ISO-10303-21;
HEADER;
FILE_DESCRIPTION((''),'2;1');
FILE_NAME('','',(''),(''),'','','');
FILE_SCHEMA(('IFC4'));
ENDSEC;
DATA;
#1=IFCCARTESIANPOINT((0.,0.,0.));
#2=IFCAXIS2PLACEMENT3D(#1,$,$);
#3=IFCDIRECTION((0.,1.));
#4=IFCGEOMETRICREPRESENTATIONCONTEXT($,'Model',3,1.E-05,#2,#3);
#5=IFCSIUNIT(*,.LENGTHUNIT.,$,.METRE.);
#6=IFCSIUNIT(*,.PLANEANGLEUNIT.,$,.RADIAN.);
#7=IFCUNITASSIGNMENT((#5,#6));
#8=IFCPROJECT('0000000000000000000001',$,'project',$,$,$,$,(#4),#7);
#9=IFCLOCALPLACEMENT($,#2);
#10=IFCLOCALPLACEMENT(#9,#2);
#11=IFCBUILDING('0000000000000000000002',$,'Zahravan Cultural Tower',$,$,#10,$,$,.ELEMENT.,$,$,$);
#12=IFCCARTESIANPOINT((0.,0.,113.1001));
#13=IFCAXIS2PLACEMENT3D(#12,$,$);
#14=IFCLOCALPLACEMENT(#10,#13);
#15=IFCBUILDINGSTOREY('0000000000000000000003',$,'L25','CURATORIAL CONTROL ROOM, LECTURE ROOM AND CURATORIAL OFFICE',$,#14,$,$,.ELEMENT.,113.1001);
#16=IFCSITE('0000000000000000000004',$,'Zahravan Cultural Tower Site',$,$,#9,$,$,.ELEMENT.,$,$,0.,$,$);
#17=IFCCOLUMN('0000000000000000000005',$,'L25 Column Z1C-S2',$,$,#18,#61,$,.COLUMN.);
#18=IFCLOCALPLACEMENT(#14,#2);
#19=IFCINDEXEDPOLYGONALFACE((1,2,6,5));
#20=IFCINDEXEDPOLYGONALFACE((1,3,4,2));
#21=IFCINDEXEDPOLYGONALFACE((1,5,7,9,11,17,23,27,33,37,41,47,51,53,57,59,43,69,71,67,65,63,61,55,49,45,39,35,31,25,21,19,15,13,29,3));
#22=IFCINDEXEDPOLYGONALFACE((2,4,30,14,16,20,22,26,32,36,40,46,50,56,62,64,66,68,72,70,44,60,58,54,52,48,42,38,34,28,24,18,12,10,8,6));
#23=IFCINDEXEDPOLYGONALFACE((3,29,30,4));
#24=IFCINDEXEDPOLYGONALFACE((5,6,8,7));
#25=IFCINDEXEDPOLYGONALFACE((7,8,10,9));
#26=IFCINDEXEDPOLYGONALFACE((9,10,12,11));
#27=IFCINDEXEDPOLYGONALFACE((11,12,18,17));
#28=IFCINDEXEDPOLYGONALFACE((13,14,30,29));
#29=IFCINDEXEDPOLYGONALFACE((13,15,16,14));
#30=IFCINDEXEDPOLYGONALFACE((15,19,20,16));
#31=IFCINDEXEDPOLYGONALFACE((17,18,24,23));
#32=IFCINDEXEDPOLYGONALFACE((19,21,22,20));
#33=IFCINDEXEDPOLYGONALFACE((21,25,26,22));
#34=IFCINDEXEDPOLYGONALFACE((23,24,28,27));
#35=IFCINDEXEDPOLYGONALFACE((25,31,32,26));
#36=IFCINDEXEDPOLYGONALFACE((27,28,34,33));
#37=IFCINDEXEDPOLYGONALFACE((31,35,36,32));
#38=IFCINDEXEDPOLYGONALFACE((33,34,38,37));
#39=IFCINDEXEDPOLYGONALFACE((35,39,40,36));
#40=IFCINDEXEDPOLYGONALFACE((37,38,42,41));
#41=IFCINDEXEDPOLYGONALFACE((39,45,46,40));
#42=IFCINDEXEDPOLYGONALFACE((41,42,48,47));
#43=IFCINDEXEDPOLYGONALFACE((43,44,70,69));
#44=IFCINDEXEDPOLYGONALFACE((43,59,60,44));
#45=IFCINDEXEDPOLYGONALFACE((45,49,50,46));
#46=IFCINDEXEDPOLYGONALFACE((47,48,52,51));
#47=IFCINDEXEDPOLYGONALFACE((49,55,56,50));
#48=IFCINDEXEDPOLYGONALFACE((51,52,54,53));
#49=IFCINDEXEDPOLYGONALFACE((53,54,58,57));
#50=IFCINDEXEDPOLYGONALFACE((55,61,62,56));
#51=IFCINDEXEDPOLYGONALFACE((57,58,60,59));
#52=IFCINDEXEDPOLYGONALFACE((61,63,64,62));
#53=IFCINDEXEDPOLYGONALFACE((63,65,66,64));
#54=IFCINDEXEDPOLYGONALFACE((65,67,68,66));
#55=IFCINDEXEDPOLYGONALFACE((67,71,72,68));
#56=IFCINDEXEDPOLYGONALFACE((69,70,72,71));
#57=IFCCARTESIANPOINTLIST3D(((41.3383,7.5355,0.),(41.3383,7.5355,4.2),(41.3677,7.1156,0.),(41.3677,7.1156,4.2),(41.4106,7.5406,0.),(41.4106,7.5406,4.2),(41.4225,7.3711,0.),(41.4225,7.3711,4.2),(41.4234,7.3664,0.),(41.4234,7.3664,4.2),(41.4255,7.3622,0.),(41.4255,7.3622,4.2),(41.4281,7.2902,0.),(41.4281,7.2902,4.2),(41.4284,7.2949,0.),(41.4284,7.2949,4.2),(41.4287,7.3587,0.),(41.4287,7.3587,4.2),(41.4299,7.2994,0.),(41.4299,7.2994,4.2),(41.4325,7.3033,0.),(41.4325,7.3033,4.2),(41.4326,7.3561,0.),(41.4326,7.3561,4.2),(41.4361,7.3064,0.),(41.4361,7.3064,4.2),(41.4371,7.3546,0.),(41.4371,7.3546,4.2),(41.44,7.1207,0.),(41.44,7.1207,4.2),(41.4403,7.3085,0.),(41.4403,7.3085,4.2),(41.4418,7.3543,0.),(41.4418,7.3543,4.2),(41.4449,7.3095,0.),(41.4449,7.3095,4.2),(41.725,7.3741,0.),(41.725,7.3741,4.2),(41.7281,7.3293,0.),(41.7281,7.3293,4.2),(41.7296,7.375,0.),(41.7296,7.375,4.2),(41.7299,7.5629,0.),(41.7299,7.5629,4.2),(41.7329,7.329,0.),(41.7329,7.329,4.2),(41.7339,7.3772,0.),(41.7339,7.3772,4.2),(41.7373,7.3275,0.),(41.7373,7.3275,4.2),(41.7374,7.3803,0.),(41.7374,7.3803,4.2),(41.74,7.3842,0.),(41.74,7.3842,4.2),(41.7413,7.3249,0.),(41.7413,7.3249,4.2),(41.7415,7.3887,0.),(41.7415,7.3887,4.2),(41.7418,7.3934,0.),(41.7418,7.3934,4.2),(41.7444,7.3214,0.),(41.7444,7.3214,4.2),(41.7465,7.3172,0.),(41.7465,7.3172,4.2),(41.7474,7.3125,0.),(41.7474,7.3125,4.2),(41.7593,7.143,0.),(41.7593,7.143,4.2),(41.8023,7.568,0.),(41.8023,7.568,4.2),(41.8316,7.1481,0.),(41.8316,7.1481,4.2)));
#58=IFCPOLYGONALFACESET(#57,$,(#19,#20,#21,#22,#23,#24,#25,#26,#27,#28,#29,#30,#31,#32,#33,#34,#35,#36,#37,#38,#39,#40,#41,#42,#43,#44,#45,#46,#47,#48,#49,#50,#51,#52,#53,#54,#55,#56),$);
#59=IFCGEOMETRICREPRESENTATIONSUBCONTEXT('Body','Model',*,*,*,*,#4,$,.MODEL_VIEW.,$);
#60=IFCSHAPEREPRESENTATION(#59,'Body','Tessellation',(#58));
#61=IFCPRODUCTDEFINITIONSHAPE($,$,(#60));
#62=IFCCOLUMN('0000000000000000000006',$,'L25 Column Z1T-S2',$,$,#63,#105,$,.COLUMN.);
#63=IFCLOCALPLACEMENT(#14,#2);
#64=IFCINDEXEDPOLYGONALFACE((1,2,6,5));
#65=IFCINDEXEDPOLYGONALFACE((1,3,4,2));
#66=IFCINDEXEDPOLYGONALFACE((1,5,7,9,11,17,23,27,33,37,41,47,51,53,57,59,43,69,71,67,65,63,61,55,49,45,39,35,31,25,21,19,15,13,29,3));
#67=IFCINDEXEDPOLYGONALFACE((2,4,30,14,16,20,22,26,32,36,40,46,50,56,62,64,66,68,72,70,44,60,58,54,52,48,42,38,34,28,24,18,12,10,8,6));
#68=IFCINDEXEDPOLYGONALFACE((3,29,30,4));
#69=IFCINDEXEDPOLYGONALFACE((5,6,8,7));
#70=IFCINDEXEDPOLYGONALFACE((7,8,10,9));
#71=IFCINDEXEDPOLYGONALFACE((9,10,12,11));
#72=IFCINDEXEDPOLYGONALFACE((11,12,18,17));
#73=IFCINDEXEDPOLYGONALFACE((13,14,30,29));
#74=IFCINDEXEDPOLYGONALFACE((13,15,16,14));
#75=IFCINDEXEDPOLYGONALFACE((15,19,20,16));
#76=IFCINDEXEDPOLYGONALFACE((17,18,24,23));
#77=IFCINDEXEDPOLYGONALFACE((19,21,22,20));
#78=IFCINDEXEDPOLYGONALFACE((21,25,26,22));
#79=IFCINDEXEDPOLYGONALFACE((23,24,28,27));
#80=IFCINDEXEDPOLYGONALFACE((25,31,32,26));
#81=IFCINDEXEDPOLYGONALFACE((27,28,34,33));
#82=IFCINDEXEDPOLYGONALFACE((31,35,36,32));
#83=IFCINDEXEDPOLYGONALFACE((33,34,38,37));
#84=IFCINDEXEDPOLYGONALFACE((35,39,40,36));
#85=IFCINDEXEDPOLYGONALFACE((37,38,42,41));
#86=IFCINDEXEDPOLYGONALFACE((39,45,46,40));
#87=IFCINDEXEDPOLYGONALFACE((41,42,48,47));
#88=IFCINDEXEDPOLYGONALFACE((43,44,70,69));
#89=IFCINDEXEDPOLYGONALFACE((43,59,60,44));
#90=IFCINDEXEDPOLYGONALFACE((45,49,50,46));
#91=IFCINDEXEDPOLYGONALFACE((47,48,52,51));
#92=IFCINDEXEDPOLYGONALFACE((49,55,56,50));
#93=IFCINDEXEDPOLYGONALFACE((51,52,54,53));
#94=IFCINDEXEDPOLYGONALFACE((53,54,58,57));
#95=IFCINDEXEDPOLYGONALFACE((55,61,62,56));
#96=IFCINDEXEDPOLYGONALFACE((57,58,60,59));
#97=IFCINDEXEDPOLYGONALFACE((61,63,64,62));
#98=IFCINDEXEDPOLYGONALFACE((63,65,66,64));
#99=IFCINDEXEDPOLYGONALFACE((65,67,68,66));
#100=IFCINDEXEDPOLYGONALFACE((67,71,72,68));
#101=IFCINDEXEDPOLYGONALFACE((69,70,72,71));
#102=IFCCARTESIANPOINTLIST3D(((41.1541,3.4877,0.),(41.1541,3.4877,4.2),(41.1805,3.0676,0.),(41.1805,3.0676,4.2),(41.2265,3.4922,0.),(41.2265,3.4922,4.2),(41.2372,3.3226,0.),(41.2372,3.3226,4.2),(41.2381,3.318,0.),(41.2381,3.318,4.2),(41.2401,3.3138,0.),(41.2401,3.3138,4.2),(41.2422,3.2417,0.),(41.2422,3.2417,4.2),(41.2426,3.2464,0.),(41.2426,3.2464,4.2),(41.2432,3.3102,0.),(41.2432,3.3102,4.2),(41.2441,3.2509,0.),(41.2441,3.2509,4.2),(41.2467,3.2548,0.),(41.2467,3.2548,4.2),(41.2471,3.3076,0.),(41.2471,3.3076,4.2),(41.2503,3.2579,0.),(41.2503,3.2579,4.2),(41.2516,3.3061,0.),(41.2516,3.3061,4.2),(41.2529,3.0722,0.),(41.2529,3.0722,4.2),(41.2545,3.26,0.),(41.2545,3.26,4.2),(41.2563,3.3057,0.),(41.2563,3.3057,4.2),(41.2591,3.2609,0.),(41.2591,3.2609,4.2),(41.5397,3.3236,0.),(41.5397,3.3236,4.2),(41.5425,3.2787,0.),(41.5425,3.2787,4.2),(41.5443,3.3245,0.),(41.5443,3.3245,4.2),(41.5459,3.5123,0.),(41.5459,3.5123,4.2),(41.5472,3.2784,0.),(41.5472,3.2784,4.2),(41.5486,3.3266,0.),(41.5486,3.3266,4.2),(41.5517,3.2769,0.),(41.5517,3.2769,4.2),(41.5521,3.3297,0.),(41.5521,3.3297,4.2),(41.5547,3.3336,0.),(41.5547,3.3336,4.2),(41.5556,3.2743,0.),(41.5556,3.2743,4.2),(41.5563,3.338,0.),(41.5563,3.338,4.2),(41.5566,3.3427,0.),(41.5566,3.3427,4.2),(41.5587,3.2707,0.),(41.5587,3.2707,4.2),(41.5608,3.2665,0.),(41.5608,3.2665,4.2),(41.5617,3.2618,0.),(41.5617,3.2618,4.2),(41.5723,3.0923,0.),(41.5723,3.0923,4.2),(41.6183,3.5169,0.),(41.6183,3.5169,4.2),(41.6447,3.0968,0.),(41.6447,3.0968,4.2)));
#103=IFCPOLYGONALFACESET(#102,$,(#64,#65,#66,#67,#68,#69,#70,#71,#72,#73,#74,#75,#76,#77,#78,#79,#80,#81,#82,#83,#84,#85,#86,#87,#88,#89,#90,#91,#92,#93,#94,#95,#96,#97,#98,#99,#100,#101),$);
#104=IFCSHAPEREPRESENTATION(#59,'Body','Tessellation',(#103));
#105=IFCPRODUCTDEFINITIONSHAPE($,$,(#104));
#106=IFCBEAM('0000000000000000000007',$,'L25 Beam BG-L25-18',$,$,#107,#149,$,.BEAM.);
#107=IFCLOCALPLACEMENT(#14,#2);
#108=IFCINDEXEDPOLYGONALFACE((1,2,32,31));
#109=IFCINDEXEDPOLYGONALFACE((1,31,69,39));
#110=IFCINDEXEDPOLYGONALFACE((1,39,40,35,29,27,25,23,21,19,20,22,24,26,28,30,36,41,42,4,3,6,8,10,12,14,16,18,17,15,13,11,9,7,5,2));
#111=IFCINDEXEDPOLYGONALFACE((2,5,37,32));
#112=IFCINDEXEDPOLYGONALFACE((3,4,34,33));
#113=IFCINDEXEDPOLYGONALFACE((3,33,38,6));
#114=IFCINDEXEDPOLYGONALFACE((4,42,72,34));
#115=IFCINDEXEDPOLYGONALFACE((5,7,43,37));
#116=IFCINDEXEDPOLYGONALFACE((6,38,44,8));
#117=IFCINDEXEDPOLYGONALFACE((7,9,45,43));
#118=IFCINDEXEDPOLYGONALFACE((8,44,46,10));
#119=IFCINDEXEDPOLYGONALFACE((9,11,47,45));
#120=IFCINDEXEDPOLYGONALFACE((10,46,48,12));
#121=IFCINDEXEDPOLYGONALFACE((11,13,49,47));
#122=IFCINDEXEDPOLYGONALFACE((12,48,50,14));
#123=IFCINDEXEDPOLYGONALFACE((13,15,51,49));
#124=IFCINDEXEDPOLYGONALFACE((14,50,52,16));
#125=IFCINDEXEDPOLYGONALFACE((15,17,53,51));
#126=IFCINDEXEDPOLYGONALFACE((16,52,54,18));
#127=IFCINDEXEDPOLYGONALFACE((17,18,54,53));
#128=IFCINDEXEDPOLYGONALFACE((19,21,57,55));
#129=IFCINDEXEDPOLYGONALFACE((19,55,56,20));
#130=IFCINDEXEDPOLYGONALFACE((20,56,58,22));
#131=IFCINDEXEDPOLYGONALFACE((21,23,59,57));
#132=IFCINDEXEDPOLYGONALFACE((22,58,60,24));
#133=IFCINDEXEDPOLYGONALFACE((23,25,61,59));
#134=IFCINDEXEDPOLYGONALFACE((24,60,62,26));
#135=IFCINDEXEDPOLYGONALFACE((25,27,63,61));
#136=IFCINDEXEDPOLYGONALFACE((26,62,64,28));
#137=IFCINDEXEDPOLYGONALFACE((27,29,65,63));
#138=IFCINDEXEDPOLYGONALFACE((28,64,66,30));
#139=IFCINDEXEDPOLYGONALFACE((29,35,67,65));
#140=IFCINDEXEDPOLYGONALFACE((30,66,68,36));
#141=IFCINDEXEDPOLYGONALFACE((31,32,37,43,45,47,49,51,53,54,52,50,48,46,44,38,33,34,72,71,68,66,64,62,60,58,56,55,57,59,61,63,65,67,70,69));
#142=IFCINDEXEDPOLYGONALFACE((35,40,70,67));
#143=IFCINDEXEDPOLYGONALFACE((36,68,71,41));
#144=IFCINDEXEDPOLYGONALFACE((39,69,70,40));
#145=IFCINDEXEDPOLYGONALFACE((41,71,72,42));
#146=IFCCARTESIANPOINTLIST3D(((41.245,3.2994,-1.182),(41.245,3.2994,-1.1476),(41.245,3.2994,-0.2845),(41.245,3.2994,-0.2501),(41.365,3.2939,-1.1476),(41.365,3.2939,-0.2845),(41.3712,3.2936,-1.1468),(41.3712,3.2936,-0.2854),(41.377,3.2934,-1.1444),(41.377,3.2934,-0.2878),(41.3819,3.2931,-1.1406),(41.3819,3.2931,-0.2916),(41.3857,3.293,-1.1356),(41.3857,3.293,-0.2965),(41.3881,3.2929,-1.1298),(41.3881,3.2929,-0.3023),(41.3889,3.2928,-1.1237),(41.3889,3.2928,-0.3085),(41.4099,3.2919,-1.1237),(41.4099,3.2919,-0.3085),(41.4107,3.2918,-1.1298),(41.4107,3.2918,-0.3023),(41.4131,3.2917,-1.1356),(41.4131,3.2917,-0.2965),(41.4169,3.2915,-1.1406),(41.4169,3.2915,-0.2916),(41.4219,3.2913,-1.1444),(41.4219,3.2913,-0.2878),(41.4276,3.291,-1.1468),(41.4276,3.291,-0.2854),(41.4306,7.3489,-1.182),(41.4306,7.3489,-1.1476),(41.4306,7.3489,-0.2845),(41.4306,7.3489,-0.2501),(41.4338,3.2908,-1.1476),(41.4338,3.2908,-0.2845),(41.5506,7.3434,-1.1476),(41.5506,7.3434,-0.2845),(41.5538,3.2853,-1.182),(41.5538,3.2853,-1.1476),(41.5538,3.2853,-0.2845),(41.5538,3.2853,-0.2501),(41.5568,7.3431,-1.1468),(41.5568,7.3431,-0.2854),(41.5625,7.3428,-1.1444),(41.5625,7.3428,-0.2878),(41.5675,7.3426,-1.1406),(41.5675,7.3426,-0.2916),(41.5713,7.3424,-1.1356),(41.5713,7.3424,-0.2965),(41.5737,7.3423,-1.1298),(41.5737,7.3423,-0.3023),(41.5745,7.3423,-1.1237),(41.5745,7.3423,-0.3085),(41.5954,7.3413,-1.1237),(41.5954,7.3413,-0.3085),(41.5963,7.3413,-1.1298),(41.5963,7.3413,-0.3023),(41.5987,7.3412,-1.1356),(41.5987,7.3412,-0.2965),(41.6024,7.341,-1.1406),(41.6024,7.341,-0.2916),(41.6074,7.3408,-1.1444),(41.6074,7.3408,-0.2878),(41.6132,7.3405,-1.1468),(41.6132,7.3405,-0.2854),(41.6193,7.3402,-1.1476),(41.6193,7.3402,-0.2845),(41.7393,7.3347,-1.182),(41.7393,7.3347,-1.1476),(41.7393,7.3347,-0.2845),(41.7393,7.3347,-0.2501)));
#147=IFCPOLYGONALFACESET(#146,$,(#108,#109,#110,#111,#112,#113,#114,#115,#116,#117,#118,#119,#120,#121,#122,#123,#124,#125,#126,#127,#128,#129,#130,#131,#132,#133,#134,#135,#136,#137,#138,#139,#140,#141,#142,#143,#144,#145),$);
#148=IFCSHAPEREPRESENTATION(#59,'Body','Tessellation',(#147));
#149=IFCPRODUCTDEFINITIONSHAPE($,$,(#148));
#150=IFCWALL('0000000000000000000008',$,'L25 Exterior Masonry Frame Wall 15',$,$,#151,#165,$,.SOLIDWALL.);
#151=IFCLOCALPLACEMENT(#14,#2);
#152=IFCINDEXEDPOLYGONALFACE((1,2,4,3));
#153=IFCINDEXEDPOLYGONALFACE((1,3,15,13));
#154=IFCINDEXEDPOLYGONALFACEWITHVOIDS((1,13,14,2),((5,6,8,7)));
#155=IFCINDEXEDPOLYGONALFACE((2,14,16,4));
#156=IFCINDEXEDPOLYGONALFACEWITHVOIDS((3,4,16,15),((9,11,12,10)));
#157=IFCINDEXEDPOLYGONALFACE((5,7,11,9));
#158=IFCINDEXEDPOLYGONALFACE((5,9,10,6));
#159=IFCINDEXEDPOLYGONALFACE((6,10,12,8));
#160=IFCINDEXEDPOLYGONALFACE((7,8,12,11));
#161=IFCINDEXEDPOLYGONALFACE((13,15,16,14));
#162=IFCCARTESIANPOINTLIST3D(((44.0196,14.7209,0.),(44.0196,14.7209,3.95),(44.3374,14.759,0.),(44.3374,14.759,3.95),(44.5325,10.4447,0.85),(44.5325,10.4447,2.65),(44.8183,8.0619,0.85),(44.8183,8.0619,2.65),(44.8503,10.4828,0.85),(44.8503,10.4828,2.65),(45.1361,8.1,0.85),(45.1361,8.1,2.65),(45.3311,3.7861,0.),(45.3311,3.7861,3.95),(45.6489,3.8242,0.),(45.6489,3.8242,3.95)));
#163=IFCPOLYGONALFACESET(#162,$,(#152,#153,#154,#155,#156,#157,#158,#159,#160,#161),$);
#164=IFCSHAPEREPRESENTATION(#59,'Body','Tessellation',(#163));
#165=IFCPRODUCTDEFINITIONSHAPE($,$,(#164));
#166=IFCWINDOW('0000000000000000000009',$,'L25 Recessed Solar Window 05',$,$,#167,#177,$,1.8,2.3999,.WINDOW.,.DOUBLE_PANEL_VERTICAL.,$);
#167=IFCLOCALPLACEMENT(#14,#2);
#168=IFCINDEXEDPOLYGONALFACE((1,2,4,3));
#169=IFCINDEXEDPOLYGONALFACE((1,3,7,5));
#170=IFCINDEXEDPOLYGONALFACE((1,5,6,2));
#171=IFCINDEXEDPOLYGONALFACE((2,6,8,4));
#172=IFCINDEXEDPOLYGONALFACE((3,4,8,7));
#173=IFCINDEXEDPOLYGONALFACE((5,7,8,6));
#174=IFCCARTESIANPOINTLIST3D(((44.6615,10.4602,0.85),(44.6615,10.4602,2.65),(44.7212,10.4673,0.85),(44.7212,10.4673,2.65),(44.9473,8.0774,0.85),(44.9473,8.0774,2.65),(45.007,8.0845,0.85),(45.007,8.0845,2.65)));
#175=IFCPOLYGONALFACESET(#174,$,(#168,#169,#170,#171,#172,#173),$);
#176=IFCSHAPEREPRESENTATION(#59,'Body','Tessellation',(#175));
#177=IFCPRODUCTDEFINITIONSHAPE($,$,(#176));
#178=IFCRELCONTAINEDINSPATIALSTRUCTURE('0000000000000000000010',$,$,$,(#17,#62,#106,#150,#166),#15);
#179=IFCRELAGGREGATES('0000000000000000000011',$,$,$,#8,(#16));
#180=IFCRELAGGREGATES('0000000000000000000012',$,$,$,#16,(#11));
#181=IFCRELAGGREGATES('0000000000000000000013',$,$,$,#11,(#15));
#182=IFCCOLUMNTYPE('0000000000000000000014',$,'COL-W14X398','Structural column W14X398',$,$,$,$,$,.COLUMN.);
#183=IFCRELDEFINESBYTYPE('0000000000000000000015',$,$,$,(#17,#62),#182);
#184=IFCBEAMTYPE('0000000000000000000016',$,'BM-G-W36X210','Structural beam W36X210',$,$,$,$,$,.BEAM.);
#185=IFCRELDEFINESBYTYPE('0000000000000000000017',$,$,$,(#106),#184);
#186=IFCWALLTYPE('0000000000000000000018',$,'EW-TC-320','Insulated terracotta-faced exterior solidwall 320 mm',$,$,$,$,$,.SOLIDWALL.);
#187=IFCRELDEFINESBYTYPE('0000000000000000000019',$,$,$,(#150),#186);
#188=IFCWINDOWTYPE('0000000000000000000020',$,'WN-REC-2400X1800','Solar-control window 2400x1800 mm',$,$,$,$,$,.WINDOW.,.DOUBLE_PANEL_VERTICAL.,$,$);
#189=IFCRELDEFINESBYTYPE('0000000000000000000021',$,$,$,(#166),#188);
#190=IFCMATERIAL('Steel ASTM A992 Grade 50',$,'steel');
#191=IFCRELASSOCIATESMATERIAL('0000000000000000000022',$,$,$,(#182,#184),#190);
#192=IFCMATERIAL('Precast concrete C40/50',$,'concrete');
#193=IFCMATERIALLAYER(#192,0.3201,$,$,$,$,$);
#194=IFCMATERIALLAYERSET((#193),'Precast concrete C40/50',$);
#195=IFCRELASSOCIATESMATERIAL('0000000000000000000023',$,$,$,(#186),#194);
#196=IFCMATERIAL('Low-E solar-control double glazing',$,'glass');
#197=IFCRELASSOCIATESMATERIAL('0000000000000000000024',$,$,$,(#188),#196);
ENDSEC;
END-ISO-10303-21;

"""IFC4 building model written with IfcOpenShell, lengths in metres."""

from ifc_helpers import new_model, si_unit, direction, frame, frame_2d, origin, origin_2d, place, context, subcontext, project, spatial, rectangle, i_section, extrude, source, transform, mapped, material, layer, layer_set, material_profile, profile_set, type_object, element, fill, save


model = new_model("IFC4")

# Units and contexts
model_context = context("Model", 3, precision=1e-05, world=origin(), true_north=direction((0.0, 1.0)))
body_context = subcontext(model_context, "Body", "Model", "MODEL_VIEW")
ifc_project = project(units=[si_unit("LENGTHUNIT", "METRE"), si_unit("PLANEANGLEUNIT", "RADIAN")], contexts=[model_context])

# Site, building, storey
site_placement = place(None, origin())
site = spatial("IfcSite", under=ifc_project, at=site_placement, Name="Zahravan Cultural Tower Site", CompositionType="ELEMENT", RefElevation=0.0)
building_placement = place(site_placement, origin())
building = spatial("IfcBuilding", under=site, at=building_placement, Name="Zahravan Cultural Tower", CompositionType="ELEMENT")
storey_placement = place(building_placement, frame((0.0, 0.0, 113.1001)))
storey = spatial("IfcBuildingStorey", under=building, at=storey_placement, Name="L25", Description="CURATORIAL CONTROL ROOM, LECTURE ROOM AND CURATORIAL OFFICE", CompositionType="ELEMENT", Elevation=113.1001)

# Columns
ifc_material_1 = material(Name="Steel ASTM A992 Grade 50", Category="steel")
ifc_material_profile_1 = material_profile(ifc_material_1, i_section(OverallWidth=0.4209, OverallDepth=0.4651, WebThickness=0.0449, FlangeThickness=0.0725, FilletRadius=0.0181, at=origin_2d()), Name="W14X398")
ifc_profile_set_1 = profile_set([ifc_material_profile_1], Name="Steel ASTM A992 Grade 50")
column_type = type_object("IfcColumnType", Name="COL-W14X398", Description="Structural column W14X398", PredefinedType="COLUMN", material=ifc_profile_set_1)
shared_shape_1 = source(origin(), body_context, "Body", "SweptSolid", [
    extrude(i_section(OverallWidth=0.4209, OverallDepth=0.4651, WebThickness=0.0449, FlangeThickness=0.0725, FilletRadius=0.0181, at=origin_2d()), origin(), (0.0, 0.0, 1.0), 4.2),
])
for number, where, z_axis, x_axis, name in (
    (1, (41.585, 7.3418, 0.0), (0.0, 0.0, 1.0), (-0.069756, 0.997564, 0.0), "L25 Column Z1C-S2"),
    (2, (41.3994, 3.2922, 0.0), (0.0, 0.0, 1.0), (-0.062791, 0.998027, 0.0), "L25 Column Z1T-S2"),
):
    element("IfcColumn", number, at=place(storey_placement, frame(where, z_axis=z_axis, x_axis=x_axis)), inside=storey, type_object=column_type, Name=name, PredefinedType="COLUMN", context=body_context, shape_type="MappedRepresentation", body=[
        mapped(shared_shape_1, transform((0.0, 0.0, 0.0), x_axis=(1.0, 0.0, 0.0), y_axis=(0.0, 1.0, 0.0), z_axis=(0.0, 0.0, 1.0), scale=1.0)),
    ])

# Beam
ifc_material_profile_2 = material_profile(ifc_material_1, i_section(OverallWidth=0.3091, OverallDepth=0.9319, WebThickness=0.021, FlangeThickness=0.0344, FilletRadius=0.0239, at=origin_2d()), Name="W36X210")
ifc_profile_set_2 = profile_set([ifc_material_profile_2], Name="Steel ASTM A992 Grade 50")
beam_type = type_object("IfcBeamType", Name="BM-G-W36X210", Description="Structural beam W36X210", PredefinedType="BEAM", material=ifc_profile_set_2)
shared_shape_2 = source(origin(), body_context, "Body", "SweptSolid", [
    extrude(i_section(OverallWidth=0.3091, OverallDepth=0.9319, WebThickness=0.021, FlangeThickness=0.0344, FilletRadius=0.0239, at=origin_2d()), origin(), (0.0, 0.0, 1.0), 4.0537),
])
beam_placement = place(storey_placement, frame((41.585, 7.3418, -0.7161), z_axis=(-0.045771, -0.998952, 0.0), x_axis=(0.998952, -0.045771, 0.0)))
element("IfcBeam", 3, at=beam_placement, inside=storey, type_object=beam_type, Name="L25 Beam BG-L25-18", PredefinedType="BEAM", context=body_context, shape_type="MappedRepresentation", body=[
    mapped(shared_shape_2, transform((0.0, 0.0, 0.0), x_axis=(1.0, 0.0, 0.0), y_axis=(0.0, 1.0, 0.0), z_axis=(0.0, 0.0, 1.0), scale=1.0)),
])

# Wall, opening, window
ifc_material_2 = material(Name="Precast concrete C40/50", Category="concrete")
ifc_layer_1 = layer(ifc_material_2, 0.3201)
ifc_layer_set_1 = layer_set([ifc_layer_1], Name="Precast concrete C40/50")
wall_type = type_object("IfcWallType", Name="EW-TC-320", Description="Insulated terracotta-faced exterior solidwall 320 mm", PredefinedType="SOLIDWALL", material=ifc_layer_set_1)
wall_1_placement = place(storey_placement, frame((44.1785, 14.74, 0.0), z_axis=(0.0, 0.0, 1.0), x_axis=(0.119087, -0.992884, 0.0)))
wall_1 = element("IfcWall", 4, at=wall_1_placement, inside=storey, type_object=wall_type, Name="L25 Exterior Masonry Frame Wall 15", PredefinedType="SOLIDWALL", context=body_context, shape_type="SweptSolid", body=[
    extrude(rectangle(XDim=11.0132, YDim=0.3201, at=frame_2d((5.5066, 0.0))), origin(), (0.0, 0.0, 1.0), 3.95),
])
opening_1_placement = place(wall_1_placement, frame((4.3069, 0.0, 0.8501)))
opening_1 = element("IfcOpeningElement", 5, at=opening_1_placement, cuts=wall_1, PredefinedType="OPENING", context=body_context, shape_type="SweptSolid", body=[
    extrude(rectangle(XDim=2.3999, YDim=1.8, at=frame_2d((1.2, 0.8999))), frame((0.0, 0.1699, 0.0), z_axis=(0.0, -1.0, 0.0), x_axis=(1.0, 0.0, 0.0)), (0.0, 0.0, 1.0), 0.3401),
])
ifc_material_3 = material(Name="Low-E solar-control double glazing", Category="glass")
window_type = type_object("IfcWindowType", Name="WN-REC-2400X1800", Description="Solar-control window 2400x1800 mm", PartitioningType="DOUBLE_PANEL_VERTICAL", PredefinedType="WINDOW", material=ifc_material_3)
shared_shape_3 = source(origin(), body_context, "Body", "SweptSolid", [
    extrude(rectangle(XDim=2.3999, YDim=1.8, at=frame_2d((1.2, 0.8999))), frame((0.0, 0.03, 0.0), z_axis=(0.0, -1.0, 0.0), x_axis=(1.0, 0.0, 0.0)), (0.0, 0.0, 1.0), 0.0601),
])
window_1_placement = place(opening_1_placement, origin())
window_1 = element("IfcWindow", 6, at=window_1_placement, inside=storey, type_object=window_type, Name="L25 Recessed Solar Window 05", OverallHeight=1.8, OverallWidth=2.3999, PartitioningType="DOUBLE_PANEL_VERTICAL", PredefinedType="WINDOW", context=body_context, shape_type="MappedRepresentation", body=[
    mapped(shared_shape_3, transform((0.0, 0.0, 0.0), x_axis=(1.0, 0.0, 0.0), y_axis=(0.0, 1.0, 0.0), z_axis=(0.0, 0.0, 1.0), scale=1.0)),
])
fill(opening_1, window_1)

save(model, "model.ifc")
